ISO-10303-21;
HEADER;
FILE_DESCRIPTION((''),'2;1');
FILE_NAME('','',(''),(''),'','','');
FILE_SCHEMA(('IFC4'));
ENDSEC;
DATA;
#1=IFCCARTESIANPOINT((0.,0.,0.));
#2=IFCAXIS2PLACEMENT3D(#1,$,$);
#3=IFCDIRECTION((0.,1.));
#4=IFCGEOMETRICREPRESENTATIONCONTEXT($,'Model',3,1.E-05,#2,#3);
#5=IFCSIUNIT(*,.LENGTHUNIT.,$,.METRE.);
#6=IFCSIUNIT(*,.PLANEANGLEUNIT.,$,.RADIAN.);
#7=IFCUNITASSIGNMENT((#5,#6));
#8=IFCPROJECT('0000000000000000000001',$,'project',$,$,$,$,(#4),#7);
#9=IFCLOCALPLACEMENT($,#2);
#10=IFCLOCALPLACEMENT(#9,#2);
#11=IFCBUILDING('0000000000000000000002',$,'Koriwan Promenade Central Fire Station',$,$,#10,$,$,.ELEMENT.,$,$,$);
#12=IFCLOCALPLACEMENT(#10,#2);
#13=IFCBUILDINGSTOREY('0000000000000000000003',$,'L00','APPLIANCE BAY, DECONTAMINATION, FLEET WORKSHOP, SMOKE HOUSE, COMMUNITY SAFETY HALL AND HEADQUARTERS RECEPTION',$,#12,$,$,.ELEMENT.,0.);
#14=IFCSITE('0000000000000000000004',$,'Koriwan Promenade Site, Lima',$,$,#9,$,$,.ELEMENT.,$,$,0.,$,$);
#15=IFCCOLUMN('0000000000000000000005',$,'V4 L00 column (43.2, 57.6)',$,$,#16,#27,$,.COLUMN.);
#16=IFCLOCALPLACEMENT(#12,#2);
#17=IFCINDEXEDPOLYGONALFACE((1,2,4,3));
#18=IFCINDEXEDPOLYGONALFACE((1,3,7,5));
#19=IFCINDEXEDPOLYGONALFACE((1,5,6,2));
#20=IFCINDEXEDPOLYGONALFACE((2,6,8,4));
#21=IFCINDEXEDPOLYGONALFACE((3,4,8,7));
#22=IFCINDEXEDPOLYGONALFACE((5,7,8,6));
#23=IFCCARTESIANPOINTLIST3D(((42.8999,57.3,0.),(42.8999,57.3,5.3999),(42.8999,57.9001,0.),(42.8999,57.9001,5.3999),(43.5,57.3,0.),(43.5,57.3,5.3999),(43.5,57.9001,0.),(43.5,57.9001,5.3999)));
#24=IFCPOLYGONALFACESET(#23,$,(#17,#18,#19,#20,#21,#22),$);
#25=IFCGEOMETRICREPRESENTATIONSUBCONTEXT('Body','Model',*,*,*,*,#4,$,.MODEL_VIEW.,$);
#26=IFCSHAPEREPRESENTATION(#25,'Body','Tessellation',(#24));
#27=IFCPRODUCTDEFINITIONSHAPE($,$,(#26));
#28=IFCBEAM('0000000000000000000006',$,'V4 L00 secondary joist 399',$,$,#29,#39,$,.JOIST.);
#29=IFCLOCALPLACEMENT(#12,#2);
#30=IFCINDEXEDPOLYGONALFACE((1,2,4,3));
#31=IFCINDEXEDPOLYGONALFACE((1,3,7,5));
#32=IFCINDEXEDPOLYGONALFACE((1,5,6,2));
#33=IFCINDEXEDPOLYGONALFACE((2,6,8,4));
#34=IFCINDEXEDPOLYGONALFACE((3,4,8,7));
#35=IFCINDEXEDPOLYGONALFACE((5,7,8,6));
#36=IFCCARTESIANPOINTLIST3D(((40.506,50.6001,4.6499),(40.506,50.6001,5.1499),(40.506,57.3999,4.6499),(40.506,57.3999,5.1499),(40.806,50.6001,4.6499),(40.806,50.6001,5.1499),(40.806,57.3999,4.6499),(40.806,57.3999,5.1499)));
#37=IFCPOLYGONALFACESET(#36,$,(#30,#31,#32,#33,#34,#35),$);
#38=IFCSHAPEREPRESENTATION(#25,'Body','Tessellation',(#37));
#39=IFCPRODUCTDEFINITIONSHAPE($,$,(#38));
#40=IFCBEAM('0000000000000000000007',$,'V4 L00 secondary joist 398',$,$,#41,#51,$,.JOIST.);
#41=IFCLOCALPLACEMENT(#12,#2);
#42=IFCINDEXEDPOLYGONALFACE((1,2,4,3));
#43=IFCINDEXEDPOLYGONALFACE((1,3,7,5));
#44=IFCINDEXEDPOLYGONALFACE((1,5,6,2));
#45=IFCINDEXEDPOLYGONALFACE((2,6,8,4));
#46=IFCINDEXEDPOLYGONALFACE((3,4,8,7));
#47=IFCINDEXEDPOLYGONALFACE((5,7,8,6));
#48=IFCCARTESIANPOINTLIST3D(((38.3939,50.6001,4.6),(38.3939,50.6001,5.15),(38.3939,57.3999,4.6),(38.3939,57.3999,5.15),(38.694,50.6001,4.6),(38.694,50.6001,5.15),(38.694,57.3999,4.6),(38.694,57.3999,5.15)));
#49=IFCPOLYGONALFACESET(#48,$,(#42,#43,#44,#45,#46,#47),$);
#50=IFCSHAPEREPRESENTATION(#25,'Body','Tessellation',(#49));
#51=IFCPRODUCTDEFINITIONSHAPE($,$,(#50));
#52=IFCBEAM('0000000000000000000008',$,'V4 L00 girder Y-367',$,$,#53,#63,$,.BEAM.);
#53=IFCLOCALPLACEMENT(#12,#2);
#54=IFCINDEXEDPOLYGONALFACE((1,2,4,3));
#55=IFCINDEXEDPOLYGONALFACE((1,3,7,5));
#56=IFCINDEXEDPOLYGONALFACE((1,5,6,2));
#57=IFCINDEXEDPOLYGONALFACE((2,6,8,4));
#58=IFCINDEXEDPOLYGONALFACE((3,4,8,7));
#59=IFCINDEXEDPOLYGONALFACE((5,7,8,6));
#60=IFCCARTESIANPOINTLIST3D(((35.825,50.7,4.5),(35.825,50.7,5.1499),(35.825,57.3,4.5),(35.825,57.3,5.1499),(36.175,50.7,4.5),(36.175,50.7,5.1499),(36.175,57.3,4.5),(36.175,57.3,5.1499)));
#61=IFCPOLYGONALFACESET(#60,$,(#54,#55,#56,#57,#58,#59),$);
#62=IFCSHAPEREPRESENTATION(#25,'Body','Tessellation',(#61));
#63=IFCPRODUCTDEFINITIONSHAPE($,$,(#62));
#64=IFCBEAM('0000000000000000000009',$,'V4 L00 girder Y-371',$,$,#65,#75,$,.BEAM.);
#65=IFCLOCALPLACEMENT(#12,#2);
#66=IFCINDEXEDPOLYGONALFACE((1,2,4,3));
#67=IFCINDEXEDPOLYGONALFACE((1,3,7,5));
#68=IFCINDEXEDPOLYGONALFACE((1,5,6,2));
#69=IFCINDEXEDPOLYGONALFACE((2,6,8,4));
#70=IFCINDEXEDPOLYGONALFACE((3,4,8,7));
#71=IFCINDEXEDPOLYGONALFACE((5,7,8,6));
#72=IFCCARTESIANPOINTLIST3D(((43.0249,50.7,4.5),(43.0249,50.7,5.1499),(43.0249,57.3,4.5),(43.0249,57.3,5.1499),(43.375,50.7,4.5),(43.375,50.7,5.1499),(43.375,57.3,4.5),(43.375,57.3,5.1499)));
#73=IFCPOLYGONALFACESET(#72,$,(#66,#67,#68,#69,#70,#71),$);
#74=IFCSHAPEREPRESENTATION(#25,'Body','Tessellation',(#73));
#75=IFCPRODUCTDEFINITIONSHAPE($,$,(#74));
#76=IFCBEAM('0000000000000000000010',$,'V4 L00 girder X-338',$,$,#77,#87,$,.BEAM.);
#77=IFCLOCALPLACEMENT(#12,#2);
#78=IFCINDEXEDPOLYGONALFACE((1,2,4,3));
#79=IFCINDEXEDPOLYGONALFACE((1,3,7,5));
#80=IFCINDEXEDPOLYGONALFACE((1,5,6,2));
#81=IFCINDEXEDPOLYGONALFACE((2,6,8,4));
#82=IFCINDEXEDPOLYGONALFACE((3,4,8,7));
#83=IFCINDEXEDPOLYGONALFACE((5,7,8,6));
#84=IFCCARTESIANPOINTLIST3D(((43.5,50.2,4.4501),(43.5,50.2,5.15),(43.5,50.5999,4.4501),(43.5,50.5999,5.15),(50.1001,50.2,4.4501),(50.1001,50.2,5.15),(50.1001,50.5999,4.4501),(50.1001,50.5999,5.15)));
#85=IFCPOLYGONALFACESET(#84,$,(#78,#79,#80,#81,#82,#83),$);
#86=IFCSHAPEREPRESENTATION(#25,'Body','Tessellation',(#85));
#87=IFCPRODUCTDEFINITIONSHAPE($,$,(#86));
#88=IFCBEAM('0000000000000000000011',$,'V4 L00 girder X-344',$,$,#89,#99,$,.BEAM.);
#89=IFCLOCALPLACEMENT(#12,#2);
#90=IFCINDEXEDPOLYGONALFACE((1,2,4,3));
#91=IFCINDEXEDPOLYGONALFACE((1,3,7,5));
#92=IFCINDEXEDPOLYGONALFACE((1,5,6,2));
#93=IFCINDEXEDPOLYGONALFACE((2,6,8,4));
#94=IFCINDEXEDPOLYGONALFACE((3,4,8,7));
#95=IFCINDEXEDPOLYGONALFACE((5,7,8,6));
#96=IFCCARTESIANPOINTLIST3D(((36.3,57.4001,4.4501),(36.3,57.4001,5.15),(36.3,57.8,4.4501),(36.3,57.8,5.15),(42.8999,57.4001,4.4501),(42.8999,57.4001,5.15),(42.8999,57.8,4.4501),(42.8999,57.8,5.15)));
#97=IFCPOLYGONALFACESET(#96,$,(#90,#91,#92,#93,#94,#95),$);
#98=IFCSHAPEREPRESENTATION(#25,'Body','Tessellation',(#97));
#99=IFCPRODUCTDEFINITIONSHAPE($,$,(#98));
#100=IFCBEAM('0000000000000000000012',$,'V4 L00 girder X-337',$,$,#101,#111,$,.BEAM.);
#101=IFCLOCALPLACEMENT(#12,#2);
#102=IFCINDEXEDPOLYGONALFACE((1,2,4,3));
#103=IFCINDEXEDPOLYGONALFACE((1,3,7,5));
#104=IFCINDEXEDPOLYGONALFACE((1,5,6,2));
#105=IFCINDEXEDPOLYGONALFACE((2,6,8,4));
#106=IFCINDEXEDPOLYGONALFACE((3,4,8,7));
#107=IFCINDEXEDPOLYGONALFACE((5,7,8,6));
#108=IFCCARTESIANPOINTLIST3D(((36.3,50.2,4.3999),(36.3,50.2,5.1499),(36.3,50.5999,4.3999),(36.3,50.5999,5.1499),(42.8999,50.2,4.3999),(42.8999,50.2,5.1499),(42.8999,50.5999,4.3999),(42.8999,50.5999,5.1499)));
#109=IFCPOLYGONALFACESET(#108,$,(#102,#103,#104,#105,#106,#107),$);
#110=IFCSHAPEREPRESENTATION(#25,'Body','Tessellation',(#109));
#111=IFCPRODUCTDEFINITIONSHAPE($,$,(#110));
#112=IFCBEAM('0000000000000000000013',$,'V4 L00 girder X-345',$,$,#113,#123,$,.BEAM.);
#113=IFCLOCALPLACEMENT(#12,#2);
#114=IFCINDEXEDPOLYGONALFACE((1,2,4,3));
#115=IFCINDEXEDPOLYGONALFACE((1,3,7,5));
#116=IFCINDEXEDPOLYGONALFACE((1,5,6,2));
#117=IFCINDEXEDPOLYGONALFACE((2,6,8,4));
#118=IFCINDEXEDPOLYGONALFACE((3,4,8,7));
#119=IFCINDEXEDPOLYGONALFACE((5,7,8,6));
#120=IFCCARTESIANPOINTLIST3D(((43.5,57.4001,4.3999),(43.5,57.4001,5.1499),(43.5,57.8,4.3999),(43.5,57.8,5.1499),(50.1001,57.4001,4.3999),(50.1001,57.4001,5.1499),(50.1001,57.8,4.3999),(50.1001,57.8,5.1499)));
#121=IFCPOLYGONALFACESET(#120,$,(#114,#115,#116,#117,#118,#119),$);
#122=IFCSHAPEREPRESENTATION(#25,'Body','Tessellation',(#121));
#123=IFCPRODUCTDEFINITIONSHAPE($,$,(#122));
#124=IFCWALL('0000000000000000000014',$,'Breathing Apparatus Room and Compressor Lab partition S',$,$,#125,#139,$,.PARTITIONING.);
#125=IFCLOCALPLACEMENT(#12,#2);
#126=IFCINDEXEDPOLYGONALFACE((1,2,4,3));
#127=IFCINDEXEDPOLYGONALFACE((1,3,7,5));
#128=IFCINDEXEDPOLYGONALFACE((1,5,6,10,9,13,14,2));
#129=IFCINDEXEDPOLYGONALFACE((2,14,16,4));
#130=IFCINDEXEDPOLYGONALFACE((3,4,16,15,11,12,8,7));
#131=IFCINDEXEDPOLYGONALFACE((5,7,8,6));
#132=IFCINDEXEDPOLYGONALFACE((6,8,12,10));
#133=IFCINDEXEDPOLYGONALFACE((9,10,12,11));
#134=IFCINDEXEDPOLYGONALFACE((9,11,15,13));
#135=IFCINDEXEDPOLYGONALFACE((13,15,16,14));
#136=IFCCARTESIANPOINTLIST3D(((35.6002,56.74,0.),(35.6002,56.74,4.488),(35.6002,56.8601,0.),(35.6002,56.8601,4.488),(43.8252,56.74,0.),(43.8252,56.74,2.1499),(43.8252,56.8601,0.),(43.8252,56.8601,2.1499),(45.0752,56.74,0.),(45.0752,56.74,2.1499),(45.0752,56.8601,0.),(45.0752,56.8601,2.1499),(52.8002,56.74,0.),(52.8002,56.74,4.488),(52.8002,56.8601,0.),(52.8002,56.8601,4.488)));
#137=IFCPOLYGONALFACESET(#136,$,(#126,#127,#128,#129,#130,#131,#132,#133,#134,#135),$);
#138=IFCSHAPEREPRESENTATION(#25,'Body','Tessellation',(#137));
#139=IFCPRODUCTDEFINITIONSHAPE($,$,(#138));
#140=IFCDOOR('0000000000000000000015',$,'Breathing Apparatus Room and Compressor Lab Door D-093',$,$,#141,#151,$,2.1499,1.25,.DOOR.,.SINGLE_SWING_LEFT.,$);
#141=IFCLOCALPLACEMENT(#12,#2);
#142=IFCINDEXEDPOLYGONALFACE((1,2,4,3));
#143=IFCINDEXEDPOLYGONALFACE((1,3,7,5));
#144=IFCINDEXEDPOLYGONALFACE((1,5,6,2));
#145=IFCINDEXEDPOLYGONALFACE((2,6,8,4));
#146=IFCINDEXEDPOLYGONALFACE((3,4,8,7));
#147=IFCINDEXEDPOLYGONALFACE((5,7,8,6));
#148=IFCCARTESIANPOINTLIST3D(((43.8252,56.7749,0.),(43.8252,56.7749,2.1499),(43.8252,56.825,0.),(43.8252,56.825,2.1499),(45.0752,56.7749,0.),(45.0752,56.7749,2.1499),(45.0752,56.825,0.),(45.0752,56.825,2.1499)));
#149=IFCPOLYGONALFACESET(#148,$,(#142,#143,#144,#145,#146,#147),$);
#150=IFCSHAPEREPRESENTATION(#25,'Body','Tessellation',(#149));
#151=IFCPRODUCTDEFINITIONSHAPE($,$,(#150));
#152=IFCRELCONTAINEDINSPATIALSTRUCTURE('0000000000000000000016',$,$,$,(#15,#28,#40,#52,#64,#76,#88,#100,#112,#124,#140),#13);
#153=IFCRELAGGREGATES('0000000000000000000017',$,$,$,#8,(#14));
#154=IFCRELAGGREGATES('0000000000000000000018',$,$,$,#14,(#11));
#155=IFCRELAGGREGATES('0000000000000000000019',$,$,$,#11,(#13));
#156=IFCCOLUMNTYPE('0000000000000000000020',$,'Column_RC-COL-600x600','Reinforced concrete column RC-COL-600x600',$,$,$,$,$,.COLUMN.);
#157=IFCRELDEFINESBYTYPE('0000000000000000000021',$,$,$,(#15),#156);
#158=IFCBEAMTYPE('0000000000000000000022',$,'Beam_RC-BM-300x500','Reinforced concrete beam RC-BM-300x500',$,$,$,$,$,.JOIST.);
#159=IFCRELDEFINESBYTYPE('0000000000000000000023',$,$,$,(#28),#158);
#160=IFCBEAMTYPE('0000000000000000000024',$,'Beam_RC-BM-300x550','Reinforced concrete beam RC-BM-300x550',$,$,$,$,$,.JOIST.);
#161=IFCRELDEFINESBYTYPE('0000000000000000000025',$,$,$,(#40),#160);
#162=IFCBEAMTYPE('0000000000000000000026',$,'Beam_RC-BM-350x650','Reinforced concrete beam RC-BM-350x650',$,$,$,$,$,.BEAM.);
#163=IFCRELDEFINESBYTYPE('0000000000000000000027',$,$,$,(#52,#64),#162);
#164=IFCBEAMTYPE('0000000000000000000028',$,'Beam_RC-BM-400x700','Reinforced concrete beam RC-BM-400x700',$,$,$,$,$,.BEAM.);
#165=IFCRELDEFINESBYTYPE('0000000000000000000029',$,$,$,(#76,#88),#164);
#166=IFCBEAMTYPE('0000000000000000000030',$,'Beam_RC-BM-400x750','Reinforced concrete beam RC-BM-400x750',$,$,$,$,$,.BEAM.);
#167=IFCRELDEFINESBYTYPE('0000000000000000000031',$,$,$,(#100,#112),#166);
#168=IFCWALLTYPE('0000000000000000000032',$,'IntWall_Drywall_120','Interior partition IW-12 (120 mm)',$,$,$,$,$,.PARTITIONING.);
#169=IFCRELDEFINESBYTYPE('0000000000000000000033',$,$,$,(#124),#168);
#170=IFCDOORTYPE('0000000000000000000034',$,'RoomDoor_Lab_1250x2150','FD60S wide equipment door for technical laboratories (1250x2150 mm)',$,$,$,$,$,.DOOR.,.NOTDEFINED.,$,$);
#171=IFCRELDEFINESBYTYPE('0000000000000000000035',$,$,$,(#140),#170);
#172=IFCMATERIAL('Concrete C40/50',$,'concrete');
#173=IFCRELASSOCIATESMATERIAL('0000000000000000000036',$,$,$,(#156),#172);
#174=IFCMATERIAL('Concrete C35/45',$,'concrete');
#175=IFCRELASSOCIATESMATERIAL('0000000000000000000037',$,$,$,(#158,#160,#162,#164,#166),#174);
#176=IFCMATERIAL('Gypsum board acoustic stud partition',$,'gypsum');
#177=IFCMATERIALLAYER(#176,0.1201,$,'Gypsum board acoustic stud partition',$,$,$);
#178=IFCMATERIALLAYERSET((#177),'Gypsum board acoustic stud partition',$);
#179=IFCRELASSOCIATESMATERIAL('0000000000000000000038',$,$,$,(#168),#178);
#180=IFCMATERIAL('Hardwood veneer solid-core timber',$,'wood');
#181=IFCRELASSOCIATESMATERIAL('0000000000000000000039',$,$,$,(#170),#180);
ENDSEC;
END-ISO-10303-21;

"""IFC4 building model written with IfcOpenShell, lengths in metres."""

from ifc_helpers import new_model, si_unit, direction, frame, frame_2d, origin, origin_2d, place, context, subcontext, project, spatial, rectangle, extrude, material, layer, layer_set, material_profile, profile_set, type_object, element, fill, save


model = new_model("IFC4")

# Units and contexts
model_context = context("Model", 3, precision=1e-05, world=origin(), true_north=direction((0.0, 1.0)))
body_context = subcontext(model_context, "Body", "Model", "MODEL_VIEW")
ifc_project = project(units=[si_unit("LENGTHUNIT", "METRE"), si_unit("PLANEANGLEUNIT", "RADIAN")], contexts=[model_context])

# Site, building, storey
site_placement = place(None, origin())
site = spatial("IfcSite", under=ifc_project, at=site_placement, Name="Koriwan Promenade Site, Lima", CompositionType="ELEMENT", RefElevation=0.0)
building_placement = place(site_placement, origin())
building = spatial("IfcBuilding", under=site, at=building_placement, Name="Koriwan Promenade Central Fire Station", CompositionType="ELEMENT")
storey_placement = place(building_placement, origin())
storey = spatial("IfcBuildingStorey", under=building, at=storey_placement, Name="L00", Description="APPLIANCE BAY, DECONTAMINATION, FLEET WORKSHOP, SMOKE HOUSE, COMMUNITY SAFETY HALL AND HEADQUARTERS RECEPTION", CompositionType="ELEMENT", Elevation=0.0)

# Shared definitions
ifc_material_1 = material(Name="Concrete C35/45", Category="concrete")

# Column
ifc_material_2 = material(Name="Concrete C40/50", Category="concrete")
ifc_material_profile_1 = material_profile(ifc_material_2, rectangle(XDim=0.6001, YDim=0.6001, at=origin_2d()), Name="RC-COL-600x600")
ifc_profile_set_1 = profile_set([ifc_material_profile_1], Name="Concrete C40/50")
column_type = type_object("IfcColumnType", Name="Column_RC-COL-600x600", Description="Reinforced concrete column RC-COL-600x600", PredefinedType="COLUMN", material=ifc_profile_set_1)
for number, where, z_axis, x_axis, name in (
    (1, (43.2, 57.6001, 0.0), (0.0, 0.0, 1.0), (1.0, 0.0, 0.0), "V4 L00 column (43.2, 57.6)"),
):
    element("IfcColumn", number, at=place(storey_placement, frame(where, z_axis=z_axis, x_axis=x_axis)), inside=storey, type_object=column_type, Name=name, PredefinedType="COLUMN", context=body_context, shape_type="SweptSolid", body=[
        extrude(rectangle(XDim=0.6001, YDim=0.6001, at=origin_2d()), origin(), (0.0, 0.0, 1.0), 5.3999),
    ])

# Beams
ifc_material_profile_2 = material_profile(ifc_material_1, rectangle(XDim=0.3, YDim=0.5, at=origin_2d()), Name="RC-BM-300x500")
ifc_profile_set_2 = profile_set([ifc_material_profile_2], Name="Concrete C35/45")
beam_type_1 = type_object("IfcBeamType", Name="Beam_RC-BM-300x500", Description="Reinforced concrete beam RC-BM-300x500", PredefinedType="JOIST", material=ifc_profile_set_2)
beam_1_placement = place(storey_placement, frame((40.656, 50.6001, 4.8999), z_axis=(0.0, 1.0, 0.0), x_axis=(-1.0, 0.0, 0.0)))
element("IfcBeam", 2, at=beam_1_placement, inside=storey, type_object=beam_type_1, Name="V4 L00 secondary joist 399", PredefinedType="JOIST", context=body_context, shape_type="SweptSolid", body=[
    extrude(rectangle(XDim=0.3, YDim=0.5, at=origin_2d()), origin(), (0.0, 0.0, 1.0), 6.7998),
])
ifc_material_profile_3 = material_profile(ifc_material_1, rectangle(XDim=0.3, YDim=0.55, at=origin_2d()), Name="RC-BM-300x550")
ifc_profile_set_3 = profile_set([ifc_material_profile_3], Name="Concrete C35/45")
beam_type_2 = type_object("IfcBeamType", Name="Beam_RC-BM-300x550", Description="Reinforced concrete beam RC-BM-300x550", PredefinedType="JOIST", material=ifc_profile_set_3)
beam_2_placement = place(storey_placement, frame((38.5439, 50.6001, 4.875), z_axis=(0.0, 1.0, 0.0), x_axis=(-1.0, 0.0, 0.0)))
element("IfcBeam", 3, at=beam_2_placement, inside=storey, type_object=beam_type_2, Name="V4 L00 secondary joist 398", PredefinedType="JOIST", context=body_context, shape_type="SweptSolid", body=[
    extrude(rectangle(XDim=0.3, YDim=0.55, at=origin_2d()), origin(), (0.0, 0.0, 1.0), 6.7998),
])
ifc_material_profile_4 = material_profile(ifc_material_1, rectangle(XDim=0.3501, YDim=0.6499, at=origin_2d()), Name="RC-BM-350x650")
ifc_profile_set_4 = profile_set([ifc_material_profile_4], Name="Concrete C35/45")
beam_type_3 = type_object("IfcBeamType", Name="Beam_RC-BM-350x650", Description="Reinforced concrete beam RC-BM-350x650", PredefinedType="BEAM", material=ifc_profile_set_4)
for number, where, z_axis, x_axis, name in (
    (4, (36.0, 50.7, 4.825), (0.0, 1.0, 0.0), (-1.0, 0.0, 0.0), "V4 L00 girder Y-367"),
    (5, (43.2, 50.7, 4.825), (0.0, 1.0, 0.0), (-1.0, 0.0, 0.0), "V4 L00 girder Y-371"),
):
    element("IfcBeam", number, at=place(storey_placement, frame(where, z_axis=z_axis, x_axis=x_axis)), inside=storey, type_object=beam_type_3, Name=name, PredefinedType="BEAM", context=body_context, shape_type="SweptSolid", body=[
        extrude(rectangle(XDim=0.3501, YDim=0.6499, at=origin_2d()), origin(), (0.0, 0.0, 1.0), 6.6001),
    ])
ifc_material_profile_5 = material_profile(ifc_material_1, rectangle(XDim=0.3999, YDim=0.7, at=origin_2d()), Name="RC-BM-400x700")
ifc_profile_set_5 = profile_set([ifc_material_profile_5], Name="Concrete C35/45")
beam_type_4 = type_object("IfcBeamType", Name="Beam_RC-BM-400x700", Description="Reinforced concrete beam RC-BM-400x700", PredefinedType="BEAM", material=ifc_profile_set_5)
beam_3_placement = place(storey_placement, frame((43.5, 50.3999, 4.8), z_axis=(1.0, 0.0, 0.0), x_axis=(0.0, 1.0, 0.0)))
element("IfcBeam", 6, at=beam_3_placement, inside=storey, type_object=beam_type_4, Name="V4 L00 girder X-338", PredefinedType="BEAM", context=body_context, shape_type="SweptSolid", body=[
    extrude(rectangle(XDim=0.3999, YDim=0.7, at=origin_2d()), origin(), (0.0, 0.0, 1.0), 6.6001),
])
beam_4_placement = place(storey_placement, frame((36.3, 57.6001, 4.8), z_axis=(1.0, 0.0, 0.0), x_axis=(0.0, 1.0, 0.0)))
element("IfcBeam", 7, at=beam_4_placement, inside=storey, type_object=beam_type_4, Name="V4 L00 girder X-344", PredefinedType="BEAM", context=body_context, shape_type="SweptSolid", body=[
    extrude(rectangle(XDim=0.3999, YDim=0.7, at=origin_2d()), origin(), (0.0, 0.0, 1.0), 6.5999),
])
ifc_material_profile_6 = material_profile(ifc_material_1, rectangle(XDim=0.3999, YDim=0.75, at=origin_2d()), Name="RC-BM-400x750")
ifc_profile_set_6 = profile_set([ifc_material_profile_6], Name="Concrete C35/45")
beam_type_5 = type_object("IfcBeamType", Name="Beam_RC-BM-400x750", Description="Reinforced concrete beam RC-BM-400x750", PredefinedType="BEAM", material=ifc_profile_set_6)
beam_5_placement = place(storey_placement, frame((36.3, 50.3999, 4.7749), z_axis=(1.0, 0.0, 0.0), x_axis=(0.0, 1.0, 0.0)))
element("IfcBeam", 8, at=beam_5_placement, inside=storey, type_object=beam_type_5, Name="V4 L00 girder X-337", PredefinedType="BEAM", context=body_context, shape_type="SweptSolid", body=[
    extrude(rectangle(XDim=0.3999, YDim=0.75, at=origin_2d()), origin(), (0.0, 0.0, 1.0), 6.5999),
])
beam_6_placement = place(storey_placement, frame((43.5, 57.6001, 4.7749), z_axis=(1.0, 0.0, 0.0), x_axis=(0.0, 1.0, 0.0)))
element("IfcBeam", 9, at=beam_6_placement, inside=storey, type_object=beam_type_5, Name="V4 L00 girder X-345", PredefinedType="BEAM", context=body_context, shape_type="SweptSolid", body=[
    extrude(rectangle(XDim=0.3999, YDim=0.75, at=origin_2d()), origin(), (0.0, 0.0, 1.0), 6.6001),
])

# Wall, opening, door
ifc_material_3 = material(Name="Gypsum board acoustic stud partition", Category="gypsum")
ifc_layer_1 = layer(ifc_material_3, 0.1201, Name="Gypsum board acoustic stud partition")
ifc_layer_set_1 = layer_set([ifc_layer_1], Name="Gypsum board acoustic stud partition")
wall_type_1 = type_object("IfcWallType", Name="IntWall_Drywall_120", Description="Interior partition IW-12 (120 mm)", PredefinedType="PARTITIONING", material=ifc_layer_set_1)
wall_1_placement = place(storey_placement, frame((35.6001, 56.8, 0.0), z_axis=(0.0, 0.0, 1.0), x_axis=(1.0, 0.0, 0.0)))
wall_1 = element("IfcWall", 10, at=wall_1_placement, inside=storey, type_object=wall_type_1, Name="Breathing Apparatus Room and Compressor Lab partition S", PredefinedType="PARTITIONING", context=body_context, shape_type="SweptSolid", body=[
    extrude(rectangle(XDim=17.2, YDim=0.1201, at=frame_2d((8.6001, 0.0))), origin(), (0.0, 0.0, 1.0), 4.488),
])
opening_1_placement = place(wall_1_placement, frame((8.2251, 0.0, 0.0)))
opening_1 = element("IfcOpeningElement", 11, at=opening_1_placement, cuts=wall_1, PredefinedType="OPENING", context=body_context, shape_type="SweptSolid", body=[
    extrude(rectangle(XDim=1.25, YDim=2.1499, at=frame_2d((0.625, 1.075))), frame((0.0, 0.072, 0.0), z_axis=(0.0, -1.0, 0.0), x_axis=(1.0, 0.0, 0.0)), (0.0, 0.0, 1.0), 0.144),
])
ifc_material_4 = material(Name="Hardwood veneer solid-core timber", Category="wood")
door_type_1 = type_object("IfcDoorType", Name="RoomDoor_Lab_1250x2150", Description="FD60S wide equipment door for technical laboratories (1250x2150 mm)", OperationType="NOTDEFINED", PredefinedType="DOOR", material=ifc_material_4)
door_1_placement = place(opening_1_placement, origin())
door_1 = element("IfcDoor", 12, at=door_1_placement, inside=storey, type_object=door_type_1, Name="Breathing Apparatus Room and Compressor Lab Door D-093", OperationType="SINGLE_SWING_LEFT", OverallHeight=2.1499, OverallWidth=1.25, PredefinedType="DOOR", context=body_context, shape_type="SweptSolid", body=[
    extrude(rectangle(XDim=1.25, YDim=2.1499, at=frame_2d((0.625, 1.075))), frame((0.0, 0.0249, 0.0), z_axis=(0.0, -1.0, 0.0), x_axis=(1.0, 0.0, 0.0)), (0.0, 0.0, 1.0), 0.05),
])
fill(opening_1, door_1)

save(model, "model.ifc")
